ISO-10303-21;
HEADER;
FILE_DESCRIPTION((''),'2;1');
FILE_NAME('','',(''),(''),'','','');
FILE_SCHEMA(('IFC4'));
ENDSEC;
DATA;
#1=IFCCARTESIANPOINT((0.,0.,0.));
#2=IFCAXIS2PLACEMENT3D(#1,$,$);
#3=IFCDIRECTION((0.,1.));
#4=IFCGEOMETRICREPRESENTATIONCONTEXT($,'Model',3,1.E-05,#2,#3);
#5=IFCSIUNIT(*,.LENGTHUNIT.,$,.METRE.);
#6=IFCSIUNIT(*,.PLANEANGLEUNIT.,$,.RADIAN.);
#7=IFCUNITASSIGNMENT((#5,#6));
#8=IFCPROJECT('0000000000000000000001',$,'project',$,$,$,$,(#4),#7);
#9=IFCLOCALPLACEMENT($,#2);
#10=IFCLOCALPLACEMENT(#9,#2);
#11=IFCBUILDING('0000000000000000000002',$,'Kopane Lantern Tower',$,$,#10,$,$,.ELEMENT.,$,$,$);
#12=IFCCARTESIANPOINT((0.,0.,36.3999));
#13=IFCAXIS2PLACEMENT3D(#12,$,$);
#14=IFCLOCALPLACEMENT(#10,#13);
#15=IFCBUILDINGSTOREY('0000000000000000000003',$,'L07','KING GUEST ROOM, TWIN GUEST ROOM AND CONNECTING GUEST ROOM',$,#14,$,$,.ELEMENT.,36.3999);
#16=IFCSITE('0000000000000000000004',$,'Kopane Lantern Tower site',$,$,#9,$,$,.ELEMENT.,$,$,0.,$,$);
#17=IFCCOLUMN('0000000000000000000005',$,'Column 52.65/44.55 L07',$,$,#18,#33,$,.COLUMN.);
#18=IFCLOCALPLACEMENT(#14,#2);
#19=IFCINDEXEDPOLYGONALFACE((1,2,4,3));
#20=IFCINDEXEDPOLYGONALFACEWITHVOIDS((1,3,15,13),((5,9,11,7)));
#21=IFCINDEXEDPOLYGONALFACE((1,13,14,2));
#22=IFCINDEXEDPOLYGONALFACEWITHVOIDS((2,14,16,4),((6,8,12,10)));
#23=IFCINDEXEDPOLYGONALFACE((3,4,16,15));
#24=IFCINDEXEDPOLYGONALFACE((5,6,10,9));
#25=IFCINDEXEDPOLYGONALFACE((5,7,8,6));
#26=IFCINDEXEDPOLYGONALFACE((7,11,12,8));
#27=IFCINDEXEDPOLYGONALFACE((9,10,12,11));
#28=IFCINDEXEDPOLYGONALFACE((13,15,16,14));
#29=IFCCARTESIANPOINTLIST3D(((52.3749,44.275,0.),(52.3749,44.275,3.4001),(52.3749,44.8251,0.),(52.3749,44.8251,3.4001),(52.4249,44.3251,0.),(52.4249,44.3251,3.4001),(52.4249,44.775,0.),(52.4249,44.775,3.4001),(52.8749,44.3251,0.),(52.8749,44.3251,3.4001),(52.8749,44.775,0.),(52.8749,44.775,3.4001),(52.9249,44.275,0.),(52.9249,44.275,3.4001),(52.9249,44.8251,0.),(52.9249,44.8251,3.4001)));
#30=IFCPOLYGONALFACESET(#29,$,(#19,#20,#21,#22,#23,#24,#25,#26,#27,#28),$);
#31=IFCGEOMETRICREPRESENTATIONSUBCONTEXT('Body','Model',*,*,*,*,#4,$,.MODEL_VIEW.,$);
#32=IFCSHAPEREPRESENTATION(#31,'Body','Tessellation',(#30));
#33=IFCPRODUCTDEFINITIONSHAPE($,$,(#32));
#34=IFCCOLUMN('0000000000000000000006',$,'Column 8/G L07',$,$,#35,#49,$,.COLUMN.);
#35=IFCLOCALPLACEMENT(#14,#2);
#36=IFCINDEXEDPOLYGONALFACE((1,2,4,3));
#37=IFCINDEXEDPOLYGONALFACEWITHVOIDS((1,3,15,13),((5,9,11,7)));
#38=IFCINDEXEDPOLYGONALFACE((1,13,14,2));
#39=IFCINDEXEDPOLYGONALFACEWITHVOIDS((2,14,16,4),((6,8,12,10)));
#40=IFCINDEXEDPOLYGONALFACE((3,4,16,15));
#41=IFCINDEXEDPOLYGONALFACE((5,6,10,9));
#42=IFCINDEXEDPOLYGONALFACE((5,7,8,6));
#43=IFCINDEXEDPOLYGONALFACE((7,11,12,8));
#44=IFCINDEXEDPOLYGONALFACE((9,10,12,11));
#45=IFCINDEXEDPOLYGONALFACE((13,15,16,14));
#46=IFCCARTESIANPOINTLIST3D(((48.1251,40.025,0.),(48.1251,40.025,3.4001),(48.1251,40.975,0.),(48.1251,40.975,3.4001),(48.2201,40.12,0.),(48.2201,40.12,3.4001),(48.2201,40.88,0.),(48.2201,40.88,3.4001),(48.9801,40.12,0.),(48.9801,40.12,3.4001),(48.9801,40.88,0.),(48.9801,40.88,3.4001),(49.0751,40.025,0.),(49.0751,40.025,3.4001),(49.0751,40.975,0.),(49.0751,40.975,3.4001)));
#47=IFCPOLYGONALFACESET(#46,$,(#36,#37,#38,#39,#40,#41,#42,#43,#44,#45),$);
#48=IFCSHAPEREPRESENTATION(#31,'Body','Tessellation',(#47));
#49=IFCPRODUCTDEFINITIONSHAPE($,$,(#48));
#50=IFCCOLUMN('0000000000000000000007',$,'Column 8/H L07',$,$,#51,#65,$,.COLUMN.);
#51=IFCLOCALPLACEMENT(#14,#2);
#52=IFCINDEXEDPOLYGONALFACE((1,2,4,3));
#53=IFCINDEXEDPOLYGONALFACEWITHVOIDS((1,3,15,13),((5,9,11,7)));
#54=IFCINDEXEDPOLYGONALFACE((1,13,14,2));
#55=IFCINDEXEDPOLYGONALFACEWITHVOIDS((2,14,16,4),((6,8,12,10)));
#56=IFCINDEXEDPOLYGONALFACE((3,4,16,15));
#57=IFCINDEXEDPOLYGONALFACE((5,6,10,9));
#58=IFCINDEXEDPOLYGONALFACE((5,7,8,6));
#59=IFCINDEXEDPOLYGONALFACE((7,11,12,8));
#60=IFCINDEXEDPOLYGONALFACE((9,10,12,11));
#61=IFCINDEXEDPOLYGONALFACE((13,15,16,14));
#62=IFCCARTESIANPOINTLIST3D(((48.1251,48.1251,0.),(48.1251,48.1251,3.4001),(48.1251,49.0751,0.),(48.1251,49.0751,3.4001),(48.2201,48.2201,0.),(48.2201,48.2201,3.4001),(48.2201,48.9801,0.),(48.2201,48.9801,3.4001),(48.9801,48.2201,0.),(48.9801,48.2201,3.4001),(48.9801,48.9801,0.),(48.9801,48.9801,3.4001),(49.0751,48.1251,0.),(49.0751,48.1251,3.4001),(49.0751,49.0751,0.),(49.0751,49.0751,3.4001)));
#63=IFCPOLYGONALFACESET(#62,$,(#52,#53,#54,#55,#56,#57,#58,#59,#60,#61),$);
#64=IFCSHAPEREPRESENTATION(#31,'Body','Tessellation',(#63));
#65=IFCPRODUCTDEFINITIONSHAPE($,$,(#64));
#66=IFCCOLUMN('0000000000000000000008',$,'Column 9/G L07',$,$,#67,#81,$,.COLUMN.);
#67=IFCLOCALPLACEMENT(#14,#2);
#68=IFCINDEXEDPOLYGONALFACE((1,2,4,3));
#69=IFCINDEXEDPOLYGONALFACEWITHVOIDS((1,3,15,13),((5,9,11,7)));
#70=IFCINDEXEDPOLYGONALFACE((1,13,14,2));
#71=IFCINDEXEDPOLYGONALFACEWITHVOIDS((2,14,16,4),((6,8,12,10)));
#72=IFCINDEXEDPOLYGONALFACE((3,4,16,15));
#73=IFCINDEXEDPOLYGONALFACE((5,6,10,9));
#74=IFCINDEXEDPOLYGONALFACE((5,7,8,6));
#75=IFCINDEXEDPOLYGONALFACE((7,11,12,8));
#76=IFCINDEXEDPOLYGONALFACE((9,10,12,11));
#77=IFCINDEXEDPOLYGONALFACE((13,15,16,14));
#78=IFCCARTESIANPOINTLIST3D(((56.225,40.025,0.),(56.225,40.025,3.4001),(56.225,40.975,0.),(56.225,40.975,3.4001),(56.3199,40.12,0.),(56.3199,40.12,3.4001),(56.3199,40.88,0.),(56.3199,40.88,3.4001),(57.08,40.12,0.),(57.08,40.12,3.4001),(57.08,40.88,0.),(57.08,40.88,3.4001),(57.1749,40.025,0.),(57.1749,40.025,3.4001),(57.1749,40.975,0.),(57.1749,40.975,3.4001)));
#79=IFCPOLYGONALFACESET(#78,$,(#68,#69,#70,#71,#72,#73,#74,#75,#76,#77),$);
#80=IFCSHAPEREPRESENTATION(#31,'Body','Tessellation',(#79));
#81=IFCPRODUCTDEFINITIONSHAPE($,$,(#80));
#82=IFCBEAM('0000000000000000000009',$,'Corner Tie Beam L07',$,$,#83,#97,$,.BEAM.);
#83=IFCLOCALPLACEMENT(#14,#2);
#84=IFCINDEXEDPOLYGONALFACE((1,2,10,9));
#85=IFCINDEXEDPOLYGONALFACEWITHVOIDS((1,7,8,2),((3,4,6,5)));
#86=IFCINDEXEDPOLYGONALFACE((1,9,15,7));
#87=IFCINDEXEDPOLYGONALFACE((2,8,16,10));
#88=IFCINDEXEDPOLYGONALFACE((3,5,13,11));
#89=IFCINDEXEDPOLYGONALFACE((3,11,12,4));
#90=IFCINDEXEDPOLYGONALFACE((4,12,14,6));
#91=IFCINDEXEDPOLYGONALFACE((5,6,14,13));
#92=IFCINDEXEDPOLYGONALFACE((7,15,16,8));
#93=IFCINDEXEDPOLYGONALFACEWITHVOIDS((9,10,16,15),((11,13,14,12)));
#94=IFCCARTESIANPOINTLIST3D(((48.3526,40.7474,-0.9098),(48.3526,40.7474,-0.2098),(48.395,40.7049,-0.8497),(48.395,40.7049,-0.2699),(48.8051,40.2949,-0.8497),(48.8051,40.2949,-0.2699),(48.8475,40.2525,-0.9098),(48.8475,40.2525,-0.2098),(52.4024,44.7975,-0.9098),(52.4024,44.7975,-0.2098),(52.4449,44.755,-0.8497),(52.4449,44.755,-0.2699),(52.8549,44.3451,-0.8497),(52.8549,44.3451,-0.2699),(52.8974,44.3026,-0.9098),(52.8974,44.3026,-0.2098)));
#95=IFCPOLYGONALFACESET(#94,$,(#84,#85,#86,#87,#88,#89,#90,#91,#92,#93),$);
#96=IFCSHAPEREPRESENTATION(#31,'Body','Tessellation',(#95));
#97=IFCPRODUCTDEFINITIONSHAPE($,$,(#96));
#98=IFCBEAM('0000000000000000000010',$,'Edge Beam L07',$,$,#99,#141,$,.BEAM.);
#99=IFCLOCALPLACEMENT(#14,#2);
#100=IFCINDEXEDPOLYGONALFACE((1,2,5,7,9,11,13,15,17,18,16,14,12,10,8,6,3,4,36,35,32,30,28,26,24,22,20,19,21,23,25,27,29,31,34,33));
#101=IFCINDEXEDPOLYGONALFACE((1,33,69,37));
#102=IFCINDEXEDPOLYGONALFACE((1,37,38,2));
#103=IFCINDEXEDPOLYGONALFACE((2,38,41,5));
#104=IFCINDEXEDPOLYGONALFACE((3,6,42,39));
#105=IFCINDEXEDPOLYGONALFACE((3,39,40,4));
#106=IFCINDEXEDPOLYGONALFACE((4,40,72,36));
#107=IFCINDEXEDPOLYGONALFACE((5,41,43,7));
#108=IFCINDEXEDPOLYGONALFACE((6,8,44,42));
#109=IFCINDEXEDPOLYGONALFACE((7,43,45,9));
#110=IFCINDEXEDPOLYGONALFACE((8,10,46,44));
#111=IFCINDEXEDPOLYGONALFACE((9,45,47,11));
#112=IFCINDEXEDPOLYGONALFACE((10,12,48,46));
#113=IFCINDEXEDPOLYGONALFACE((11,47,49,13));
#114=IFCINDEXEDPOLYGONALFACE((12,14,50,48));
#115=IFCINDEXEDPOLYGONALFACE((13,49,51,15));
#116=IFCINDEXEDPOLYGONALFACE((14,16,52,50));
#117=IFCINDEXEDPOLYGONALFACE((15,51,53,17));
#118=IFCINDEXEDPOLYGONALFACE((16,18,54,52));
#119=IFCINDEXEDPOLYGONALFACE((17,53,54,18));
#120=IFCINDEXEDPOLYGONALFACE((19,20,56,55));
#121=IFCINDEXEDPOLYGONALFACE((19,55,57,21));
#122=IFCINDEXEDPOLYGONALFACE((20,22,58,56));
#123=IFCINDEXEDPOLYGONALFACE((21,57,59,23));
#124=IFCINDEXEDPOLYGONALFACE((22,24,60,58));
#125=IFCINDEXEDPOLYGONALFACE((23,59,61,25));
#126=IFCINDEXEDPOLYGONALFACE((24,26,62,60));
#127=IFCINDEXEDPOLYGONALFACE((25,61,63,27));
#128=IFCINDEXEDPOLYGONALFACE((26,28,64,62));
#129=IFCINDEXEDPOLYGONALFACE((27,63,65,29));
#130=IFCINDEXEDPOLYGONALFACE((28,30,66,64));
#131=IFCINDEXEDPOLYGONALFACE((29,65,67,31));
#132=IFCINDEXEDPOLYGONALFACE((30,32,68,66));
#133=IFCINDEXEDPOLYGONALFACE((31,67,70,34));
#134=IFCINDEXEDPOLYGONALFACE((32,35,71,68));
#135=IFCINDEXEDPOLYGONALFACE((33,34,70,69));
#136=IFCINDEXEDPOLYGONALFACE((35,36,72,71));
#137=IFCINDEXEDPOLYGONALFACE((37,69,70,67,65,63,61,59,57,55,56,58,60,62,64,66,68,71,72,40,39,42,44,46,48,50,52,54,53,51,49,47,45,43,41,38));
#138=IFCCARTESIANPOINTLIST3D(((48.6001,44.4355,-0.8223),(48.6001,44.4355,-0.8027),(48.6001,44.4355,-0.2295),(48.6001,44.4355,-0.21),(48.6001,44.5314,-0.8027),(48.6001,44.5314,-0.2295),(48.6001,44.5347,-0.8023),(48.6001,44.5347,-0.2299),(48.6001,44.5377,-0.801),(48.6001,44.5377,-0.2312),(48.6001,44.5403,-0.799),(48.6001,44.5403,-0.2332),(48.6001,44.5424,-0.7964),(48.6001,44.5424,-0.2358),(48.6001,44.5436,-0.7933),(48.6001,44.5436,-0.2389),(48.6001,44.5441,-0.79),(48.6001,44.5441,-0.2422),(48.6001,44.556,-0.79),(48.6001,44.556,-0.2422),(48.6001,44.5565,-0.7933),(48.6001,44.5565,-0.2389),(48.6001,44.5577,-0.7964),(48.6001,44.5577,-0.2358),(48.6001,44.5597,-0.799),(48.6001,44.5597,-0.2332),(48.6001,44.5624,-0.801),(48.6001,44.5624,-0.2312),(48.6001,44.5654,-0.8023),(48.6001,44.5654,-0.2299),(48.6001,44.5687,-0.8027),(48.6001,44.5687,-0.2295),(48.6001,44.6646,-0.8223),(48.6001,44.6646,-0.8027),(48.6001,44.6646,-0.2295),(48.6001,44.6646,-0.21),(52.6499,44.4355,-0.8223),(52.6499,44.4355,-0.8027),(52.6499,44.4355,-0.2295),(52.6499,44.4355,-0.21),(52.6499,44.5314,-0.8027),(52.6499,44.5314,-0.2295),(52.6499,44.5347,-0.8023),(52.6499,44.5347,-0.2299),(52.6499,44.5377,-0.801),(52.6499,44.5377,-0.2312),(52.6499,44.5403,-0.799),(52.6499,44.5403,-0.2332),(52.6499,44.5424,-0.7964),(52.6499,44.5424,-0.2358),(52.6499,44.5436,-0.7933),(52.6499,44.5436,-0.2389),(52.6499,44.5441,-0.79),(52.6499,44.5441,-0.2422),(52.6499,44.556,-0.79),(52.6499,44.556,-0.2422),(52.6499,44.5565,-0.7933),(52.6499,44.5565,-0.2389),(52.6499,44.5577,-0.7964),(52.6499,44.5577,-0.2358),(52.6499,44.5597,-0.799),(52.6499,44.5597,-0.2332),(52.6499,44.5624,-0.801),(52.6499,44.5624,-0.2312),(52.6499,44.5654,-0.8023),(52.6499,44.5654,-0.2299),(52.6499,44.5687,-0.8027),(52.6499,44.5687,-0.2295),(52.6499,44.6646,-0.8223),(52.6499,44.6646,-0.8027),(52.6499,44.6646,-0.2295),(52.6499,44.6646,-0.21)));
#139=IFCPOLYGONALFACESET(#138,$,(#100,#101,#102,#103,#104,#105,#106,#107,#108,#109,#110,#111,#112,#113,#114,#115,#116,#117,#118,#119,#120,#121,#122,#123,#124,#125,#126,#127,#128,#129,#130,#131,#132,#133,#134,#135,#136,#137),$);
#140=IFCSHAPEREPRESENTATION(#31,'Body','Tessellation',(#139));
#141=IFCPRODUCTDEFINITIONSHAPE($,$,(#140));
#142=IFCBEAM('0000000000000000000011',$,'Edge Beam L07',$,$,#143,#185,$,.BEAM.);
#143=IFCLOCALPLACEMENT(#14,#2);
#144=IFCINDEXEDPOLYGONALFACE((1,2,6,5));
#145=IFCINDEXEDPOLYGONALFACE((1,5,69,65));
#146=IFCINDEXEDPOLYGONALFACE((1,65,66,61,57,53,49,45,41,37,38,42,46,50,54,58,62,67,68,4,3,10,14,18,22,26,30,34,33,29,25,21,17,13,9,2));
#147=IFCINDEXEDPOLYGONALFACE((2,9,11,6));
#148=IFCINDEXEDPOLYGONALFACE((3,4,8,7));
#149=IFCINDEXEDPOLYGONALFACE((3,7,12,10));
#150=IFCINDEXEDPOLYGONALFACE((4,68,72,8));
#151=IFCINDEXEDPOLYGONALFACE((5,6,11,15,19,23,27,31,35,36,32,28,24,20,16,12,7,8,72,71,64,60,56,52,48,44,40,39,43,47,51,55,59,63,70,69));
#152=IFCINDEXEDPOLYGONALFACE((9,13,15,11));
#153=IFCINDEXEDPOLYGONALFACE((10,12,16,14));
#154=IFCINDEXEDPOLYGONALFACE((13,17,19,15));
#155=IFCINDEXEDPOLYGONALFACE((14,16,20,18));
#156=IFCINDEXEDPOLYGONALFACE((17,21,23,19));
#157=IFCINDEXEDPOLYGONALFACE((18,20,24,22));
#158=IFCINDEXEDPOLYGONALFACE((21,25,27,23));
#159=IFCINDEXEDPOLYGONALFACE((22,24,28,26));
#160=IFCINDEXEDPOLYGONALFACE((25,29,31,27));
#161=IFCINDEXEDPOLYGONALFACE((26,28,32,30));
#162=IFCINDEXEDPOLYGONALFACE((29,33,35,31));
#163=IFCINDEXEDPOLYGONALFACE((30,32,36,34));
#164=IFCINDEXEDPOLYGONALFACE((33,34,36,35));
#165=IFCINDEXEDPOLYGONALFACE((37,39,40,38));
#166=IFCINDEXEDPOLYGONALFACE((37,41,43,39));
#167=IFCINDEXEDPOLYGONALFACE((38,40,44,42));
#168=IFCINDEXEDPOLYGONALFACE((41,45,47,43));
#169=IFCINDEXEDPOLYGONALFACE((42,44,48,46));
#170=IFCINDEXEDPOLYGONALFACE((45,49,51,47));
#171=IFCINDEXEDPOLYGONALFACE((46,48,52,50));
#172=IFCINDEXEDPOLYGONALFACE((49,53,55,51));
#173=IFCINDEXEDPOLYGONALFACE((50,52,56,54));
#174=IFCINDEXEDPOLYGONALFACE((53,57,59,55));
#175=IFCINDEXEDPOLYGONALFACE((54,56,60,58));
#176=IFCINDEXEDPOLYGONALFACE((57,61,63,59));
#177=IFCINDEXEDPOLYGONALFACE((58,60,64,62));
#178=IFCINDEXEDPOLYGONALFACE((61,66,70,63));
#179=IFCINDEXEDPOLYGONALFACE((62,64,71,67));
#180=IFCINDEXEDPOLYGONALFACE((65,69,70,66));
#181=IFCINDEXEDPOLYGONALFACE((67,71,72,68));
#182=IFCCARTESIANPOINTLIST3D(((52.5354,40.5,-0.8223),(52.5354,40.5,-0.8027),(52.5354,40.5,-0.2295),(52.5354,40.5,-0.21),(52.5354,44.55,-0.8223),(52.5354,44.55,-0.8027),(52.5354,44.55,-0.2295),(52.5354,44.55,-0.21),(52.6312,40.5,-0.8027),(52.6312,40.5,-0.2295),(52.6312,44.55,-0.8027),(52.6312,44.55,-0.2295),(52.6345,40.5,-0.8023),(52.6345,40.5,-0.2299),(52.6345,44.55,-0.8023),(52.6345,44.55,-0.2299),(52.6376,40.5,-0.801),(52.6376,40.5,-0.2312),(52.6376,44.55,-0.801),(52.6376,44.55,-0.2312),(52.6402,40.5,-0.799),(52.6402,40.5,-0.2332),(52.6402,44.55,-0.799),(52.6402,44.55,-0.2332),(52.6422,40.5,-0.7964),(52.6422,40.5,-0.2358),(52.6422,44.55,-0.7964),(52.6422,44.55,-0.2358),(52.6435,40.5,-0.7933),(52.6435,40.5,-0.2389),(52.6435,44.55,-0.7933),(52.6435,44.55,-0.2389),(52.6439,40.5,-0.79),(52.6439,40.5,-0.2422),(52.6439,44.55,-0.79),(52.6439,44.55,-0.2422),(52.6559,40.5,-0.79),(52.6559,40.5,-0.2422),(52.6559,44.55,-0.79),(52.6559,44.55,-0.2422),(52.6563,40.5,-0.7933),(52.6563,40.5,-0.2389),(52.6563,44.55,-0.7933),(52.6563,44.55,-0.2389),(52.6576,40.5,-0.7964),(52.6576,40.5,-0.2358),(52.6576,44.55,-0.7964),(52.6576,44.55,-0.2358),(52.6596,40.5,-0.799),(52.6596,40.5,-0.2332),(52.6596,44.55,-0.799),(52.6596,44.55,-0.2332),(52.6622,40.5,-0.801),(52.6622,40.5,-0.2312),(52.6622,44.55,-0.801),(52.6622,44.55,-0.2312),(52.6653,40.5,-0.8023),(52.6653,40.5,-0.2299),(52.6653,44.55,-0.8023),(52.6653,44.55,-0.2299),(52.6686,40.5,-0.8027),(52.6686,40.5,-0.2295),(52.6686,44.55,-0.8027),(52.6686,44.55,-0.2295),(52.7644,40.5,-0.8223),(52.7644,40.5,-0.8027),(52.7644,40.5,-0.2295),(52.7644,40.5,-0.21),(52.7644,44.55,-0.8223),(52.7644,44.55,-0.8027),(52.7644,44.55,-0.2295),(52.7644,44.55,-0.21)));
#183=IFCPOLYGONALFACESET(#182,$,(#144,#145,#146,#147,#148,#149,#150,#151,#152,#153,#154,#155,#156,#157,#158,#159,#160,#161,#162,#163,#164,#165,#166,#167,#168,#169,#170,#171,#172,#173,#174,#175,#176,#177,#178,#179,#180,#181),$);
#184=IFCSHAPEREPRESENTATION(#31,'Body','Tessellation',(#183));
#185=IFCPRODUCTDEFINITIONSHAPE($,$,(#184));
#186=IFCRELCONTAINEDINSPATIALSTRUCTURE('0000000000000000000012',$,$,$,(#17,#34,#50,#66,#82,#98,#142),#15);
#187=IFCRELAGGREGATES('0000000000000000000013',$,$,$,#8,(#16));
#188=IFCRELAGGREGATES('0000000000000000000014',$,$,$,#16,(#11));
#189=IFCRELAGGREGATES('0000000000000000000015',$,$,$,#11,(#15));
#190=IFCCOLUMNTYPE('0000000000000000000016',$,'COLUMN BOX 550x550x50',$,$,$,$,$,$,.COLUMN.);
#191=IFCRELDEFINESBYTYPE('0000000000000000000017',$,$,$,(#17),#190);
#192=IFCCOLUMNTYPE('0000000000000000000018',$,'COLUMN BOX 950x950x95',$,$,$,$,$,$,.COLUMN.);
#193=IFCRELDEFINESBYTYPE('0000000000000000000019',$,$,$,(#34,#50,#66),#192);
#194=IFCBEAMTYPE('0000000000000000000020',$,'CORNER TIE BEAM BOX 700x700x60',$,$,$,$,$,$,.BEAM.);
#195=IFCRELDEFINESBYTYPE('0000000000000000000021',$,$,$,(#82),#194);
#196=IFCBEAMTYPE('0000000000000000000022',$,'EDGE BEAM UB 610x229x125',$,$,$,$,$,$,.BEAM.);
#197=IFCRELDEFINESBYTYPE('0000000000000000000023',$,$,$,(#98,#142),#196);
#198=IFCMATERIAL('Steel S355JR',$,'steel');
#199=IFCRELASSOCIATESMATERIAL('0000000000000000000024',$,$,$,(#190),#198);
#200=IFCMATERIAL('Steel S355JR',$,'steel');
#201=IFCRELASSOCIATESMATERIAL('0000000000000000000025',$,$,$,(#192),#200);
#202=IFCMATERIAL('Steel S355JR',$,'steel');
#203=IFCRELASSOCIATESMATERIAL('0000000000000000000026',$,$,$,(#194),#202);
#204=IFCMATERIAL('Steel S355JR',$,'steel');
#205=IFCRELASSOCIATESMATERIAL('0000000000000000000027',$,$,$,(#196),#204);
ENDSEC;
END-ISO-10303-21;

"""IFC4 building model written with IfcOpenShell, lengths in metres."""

from ifc_helpers import new_model, si_unit, direction, frame, origin, origin_2d, place, context, subcontext, project, spatial, hollow_rectangle, i_section, extrude, material, material_profile, profile_set, type_object, element, save


model = new_model("IFC4")

# Units and contexts
model_context = context("Model", 3, precision=1e-05, world=origin(), true_north=direction((0.0, 1.0)))
body_context = subcontext(model_context, "Body", "Model", "MODEL_VIEW")
ifc_project = project(units=[si_unit("LENGTHUNIT", "METRE"), si_unit("PLANEANGLEUNIT", "RADIAN")], contexts=[model_context])

# Site, building, storey
site_placement = place(None, origin())
site = spatial("IfcSite", under=ifc_project, at=site_placement, Name="Kopane Lantern Tower site", CompositionType="ELEMENT", RefElevation=0.0)
building_placement = place(site_placement, origin())
building = spatial("IfcBuilding", under=site, at=building_placement, Name="Kopane Lantern Tower", CompositionType="ELEMENT")
storey_placement = place(building_placement, frame((0.0, 0.0, 36.3999)))
storey = spatial("IfcBuildingStorey", under=building, at=storey_placement, Name="L07", Description="KING GUEST ROOM, TWIN GUEST ROOM AND CONNECTING GUEST ROOM", CompositionType="ELEMENT", Elevation=36.3999)

# Columns
ifc_material_1 = material(Name="Steel S355JR", Category="steel")
ifc_material_profile_1 = material_profile(ifc_material_1, hollow_rectangle(XDim=0.55, YDim=0.55, WallThickness=0.05, at=origin_2d()), Name="BOX 550x550x50")
ifc_profile_set_1 = profile_set([ifc_material_profile_1], Name="Steel S355JR")
column_type_1 = type_object("IfcColumnType", Name="COLUMN BOX 550x550x50", PredefinedType="COLUMN", material=ifc_profile_set_1)
column_placement = place(storey_placement, frame((52.6499, 44.55, 0.0), z_axis=(0.0, 0.0, 1.0), x_axis=(1.0, 0.0, 0.0)))
element("IfcColumn", 1, at=column_placement, inside=storey, type_object=column_type_1, Name="Column 52.65/44.55 L07", PredefinedType="COLUMN", context=body_context, shape_type="SweptSolid", body=[
    extrude(hollow_rectangle(XDim=0.55, YDim=0.55, WallThickness=0.05, at=origin_2d()), origin(), (0.0, 0.0, 1.0), 3.4001),
])
ifc_material_2 = material(Name="Steel S355JR", Category="steel")
ifc_material_profile_2 = material_profile(ifc_material_2, hollow_rectangle(XDim=0.95, YDim=0.95, WallThickness=0.095, at=origin_2d()), Name="BOX 950x950x95")
ifc_profile_set_2 = profile_set([ifc_material_profile_2], Name="Steel S355JR")
column_type_2 = type_object("IfcColumnType", Name="COLUMN BOX 950x950x95", PredefinedType="COLUMN", material=ifc_profile_set_2)
for number, where, z_axis, x_axis, name in (
    (2, (48.6001, 40.5, 0.0), (0.0, 0.0, 1.0), (1.0, 0.0, 0.0), "Column 8/G L07"),
    (3, (48.6001, 48.6001, 0.0), (0.0, 0.0, 1.0), (1.0, 0.0, 0.0), "Column 8/H L07"),
    (4, (56.7, 40.5, 0.0), (0.0, 0.0, 1.0), (1.0, 0.0, 0.0), "Column 9/G L07"),
):
    element("IfcColumn", number, at=place(storey_placement, frame(where, z_axis=z_axis, x_axis=x_axis)), inside=storey, type_object=column_type_2, Name=name, PredefinedType="COLUMN", context=body_context, shape_type="SweptSolid", body=[
        extrude(hollow_rectangle(XDim=0.95, YDim=0.95, WallThickness=0.095, at=origin_2d()), origin(), (0.0, 0.0, 1.0), 3.4001),
    ])

# Beams
ifc_material_3 = material(Name="Steel S355JR", Category="steel")
ifc_material_profile_3 = material_profile(ifc_material_3, hollow_rectangle(XDim=0.7, YDim=0.7, WallThickness=0.0601, at=origin_2d()), Name="BOX 700x700x60")
ifc_profile_set_3 = profile_set([ifc_material_profile_3], Name="Steel S355JR")
beam_type_1 = type_object("IfcBeamType", Name="CORNER TIE BEAM BOX 700x700x60", PredefinedType="BEAM", material=ifc_profile_set_3)
beam_1_placement = place(storey_placement, frame((52.6499, 44.55, -0.5598), z_axis=(-0.707085, -0.707128, 0.0), x_axis=(0.707128, -0.707085, 0.0)))
element("IfcBeam", 5, at=beam_1_placement, inside=storey, type_object=beam_type_1, Name="Corner Tie Beam L07", PredefinedType="BEAM", context=body_context, shape_type="SweptSolid", body=[
    extrude(hollow_rectangle(XDim=0.7, YDim=0.7, WallThickness=0.0601, at=origin_2d()), origin(), (0.0, 0.0, 1.0), 5.7275),
])
ifc_material_4 = material(Name="Steel S355JR", Category="steel")
ifc_material_profile_4 = material_profile(ifc_material_4, i_section(OverallWidth=0.229, OverallDepth=0.6123, WebThickness=0.012, FlangeThickness=0.0195, FilletRadius=0.0127, at=origin_2d()), Name="UB 610x229x125")
ifc_profile_set_4 = profile_set([ifc_material_profile_4], Name="Steel S355JR")
beam_type_2 = type_object("IfcBeamType", Name="EDGE BEAM UB 610x229x125", PredefinedType="BEAM", material=ifc_profile_set_4)
beam_2_placement = place(storey_placement, frame((52.6499, 44.55, -0.5161), z_axis=(-1.0, 0.0, 0.0), x_axis=(0.0, -1.0, 0.0)))
element("IfcBeam", 6, at=beam_2_placement, inside=storey, type_object=beam_type_2, Name="Edge Beam L07", PredefinedType="BEAM", context=body_context, shape_type="SweptSolid", body=[
    extrude(i_section(OverallWidth=0.229, OverallDepth=0.6123, WebThickness=0.012, FlangeThickness=0.0195, FilletRadius=0.0127, at=origin_2d()), origin(), (0.0, 0.0, 1.0), 4.0498),
])
beam_3_placement = place(storey_placement, frame((52.6499, 44.55, -0.5161), z_axis=(0.0, -1.0, 0.0), x_axis=(1.0, 0.0, 0.0)))
element("IfcBeam", 7, at=beam_3_placement, inside=storey, type_object=beam_type_2, Name="Edge Beam L07", PredefinedType="BEAM", context=body_context, shape_type="SweptSolid", body=[
    extrude(i_section(OverallWidth=0.229, OverallDepth=0.6123, WebThickness=0.012, FlangeThickness=0.0195, FilletRadius=0.0127, at=origin_2d()), origin(), (0.0, 0.0, 1.0), 4.05),
])

save(model, "model.ifc")
